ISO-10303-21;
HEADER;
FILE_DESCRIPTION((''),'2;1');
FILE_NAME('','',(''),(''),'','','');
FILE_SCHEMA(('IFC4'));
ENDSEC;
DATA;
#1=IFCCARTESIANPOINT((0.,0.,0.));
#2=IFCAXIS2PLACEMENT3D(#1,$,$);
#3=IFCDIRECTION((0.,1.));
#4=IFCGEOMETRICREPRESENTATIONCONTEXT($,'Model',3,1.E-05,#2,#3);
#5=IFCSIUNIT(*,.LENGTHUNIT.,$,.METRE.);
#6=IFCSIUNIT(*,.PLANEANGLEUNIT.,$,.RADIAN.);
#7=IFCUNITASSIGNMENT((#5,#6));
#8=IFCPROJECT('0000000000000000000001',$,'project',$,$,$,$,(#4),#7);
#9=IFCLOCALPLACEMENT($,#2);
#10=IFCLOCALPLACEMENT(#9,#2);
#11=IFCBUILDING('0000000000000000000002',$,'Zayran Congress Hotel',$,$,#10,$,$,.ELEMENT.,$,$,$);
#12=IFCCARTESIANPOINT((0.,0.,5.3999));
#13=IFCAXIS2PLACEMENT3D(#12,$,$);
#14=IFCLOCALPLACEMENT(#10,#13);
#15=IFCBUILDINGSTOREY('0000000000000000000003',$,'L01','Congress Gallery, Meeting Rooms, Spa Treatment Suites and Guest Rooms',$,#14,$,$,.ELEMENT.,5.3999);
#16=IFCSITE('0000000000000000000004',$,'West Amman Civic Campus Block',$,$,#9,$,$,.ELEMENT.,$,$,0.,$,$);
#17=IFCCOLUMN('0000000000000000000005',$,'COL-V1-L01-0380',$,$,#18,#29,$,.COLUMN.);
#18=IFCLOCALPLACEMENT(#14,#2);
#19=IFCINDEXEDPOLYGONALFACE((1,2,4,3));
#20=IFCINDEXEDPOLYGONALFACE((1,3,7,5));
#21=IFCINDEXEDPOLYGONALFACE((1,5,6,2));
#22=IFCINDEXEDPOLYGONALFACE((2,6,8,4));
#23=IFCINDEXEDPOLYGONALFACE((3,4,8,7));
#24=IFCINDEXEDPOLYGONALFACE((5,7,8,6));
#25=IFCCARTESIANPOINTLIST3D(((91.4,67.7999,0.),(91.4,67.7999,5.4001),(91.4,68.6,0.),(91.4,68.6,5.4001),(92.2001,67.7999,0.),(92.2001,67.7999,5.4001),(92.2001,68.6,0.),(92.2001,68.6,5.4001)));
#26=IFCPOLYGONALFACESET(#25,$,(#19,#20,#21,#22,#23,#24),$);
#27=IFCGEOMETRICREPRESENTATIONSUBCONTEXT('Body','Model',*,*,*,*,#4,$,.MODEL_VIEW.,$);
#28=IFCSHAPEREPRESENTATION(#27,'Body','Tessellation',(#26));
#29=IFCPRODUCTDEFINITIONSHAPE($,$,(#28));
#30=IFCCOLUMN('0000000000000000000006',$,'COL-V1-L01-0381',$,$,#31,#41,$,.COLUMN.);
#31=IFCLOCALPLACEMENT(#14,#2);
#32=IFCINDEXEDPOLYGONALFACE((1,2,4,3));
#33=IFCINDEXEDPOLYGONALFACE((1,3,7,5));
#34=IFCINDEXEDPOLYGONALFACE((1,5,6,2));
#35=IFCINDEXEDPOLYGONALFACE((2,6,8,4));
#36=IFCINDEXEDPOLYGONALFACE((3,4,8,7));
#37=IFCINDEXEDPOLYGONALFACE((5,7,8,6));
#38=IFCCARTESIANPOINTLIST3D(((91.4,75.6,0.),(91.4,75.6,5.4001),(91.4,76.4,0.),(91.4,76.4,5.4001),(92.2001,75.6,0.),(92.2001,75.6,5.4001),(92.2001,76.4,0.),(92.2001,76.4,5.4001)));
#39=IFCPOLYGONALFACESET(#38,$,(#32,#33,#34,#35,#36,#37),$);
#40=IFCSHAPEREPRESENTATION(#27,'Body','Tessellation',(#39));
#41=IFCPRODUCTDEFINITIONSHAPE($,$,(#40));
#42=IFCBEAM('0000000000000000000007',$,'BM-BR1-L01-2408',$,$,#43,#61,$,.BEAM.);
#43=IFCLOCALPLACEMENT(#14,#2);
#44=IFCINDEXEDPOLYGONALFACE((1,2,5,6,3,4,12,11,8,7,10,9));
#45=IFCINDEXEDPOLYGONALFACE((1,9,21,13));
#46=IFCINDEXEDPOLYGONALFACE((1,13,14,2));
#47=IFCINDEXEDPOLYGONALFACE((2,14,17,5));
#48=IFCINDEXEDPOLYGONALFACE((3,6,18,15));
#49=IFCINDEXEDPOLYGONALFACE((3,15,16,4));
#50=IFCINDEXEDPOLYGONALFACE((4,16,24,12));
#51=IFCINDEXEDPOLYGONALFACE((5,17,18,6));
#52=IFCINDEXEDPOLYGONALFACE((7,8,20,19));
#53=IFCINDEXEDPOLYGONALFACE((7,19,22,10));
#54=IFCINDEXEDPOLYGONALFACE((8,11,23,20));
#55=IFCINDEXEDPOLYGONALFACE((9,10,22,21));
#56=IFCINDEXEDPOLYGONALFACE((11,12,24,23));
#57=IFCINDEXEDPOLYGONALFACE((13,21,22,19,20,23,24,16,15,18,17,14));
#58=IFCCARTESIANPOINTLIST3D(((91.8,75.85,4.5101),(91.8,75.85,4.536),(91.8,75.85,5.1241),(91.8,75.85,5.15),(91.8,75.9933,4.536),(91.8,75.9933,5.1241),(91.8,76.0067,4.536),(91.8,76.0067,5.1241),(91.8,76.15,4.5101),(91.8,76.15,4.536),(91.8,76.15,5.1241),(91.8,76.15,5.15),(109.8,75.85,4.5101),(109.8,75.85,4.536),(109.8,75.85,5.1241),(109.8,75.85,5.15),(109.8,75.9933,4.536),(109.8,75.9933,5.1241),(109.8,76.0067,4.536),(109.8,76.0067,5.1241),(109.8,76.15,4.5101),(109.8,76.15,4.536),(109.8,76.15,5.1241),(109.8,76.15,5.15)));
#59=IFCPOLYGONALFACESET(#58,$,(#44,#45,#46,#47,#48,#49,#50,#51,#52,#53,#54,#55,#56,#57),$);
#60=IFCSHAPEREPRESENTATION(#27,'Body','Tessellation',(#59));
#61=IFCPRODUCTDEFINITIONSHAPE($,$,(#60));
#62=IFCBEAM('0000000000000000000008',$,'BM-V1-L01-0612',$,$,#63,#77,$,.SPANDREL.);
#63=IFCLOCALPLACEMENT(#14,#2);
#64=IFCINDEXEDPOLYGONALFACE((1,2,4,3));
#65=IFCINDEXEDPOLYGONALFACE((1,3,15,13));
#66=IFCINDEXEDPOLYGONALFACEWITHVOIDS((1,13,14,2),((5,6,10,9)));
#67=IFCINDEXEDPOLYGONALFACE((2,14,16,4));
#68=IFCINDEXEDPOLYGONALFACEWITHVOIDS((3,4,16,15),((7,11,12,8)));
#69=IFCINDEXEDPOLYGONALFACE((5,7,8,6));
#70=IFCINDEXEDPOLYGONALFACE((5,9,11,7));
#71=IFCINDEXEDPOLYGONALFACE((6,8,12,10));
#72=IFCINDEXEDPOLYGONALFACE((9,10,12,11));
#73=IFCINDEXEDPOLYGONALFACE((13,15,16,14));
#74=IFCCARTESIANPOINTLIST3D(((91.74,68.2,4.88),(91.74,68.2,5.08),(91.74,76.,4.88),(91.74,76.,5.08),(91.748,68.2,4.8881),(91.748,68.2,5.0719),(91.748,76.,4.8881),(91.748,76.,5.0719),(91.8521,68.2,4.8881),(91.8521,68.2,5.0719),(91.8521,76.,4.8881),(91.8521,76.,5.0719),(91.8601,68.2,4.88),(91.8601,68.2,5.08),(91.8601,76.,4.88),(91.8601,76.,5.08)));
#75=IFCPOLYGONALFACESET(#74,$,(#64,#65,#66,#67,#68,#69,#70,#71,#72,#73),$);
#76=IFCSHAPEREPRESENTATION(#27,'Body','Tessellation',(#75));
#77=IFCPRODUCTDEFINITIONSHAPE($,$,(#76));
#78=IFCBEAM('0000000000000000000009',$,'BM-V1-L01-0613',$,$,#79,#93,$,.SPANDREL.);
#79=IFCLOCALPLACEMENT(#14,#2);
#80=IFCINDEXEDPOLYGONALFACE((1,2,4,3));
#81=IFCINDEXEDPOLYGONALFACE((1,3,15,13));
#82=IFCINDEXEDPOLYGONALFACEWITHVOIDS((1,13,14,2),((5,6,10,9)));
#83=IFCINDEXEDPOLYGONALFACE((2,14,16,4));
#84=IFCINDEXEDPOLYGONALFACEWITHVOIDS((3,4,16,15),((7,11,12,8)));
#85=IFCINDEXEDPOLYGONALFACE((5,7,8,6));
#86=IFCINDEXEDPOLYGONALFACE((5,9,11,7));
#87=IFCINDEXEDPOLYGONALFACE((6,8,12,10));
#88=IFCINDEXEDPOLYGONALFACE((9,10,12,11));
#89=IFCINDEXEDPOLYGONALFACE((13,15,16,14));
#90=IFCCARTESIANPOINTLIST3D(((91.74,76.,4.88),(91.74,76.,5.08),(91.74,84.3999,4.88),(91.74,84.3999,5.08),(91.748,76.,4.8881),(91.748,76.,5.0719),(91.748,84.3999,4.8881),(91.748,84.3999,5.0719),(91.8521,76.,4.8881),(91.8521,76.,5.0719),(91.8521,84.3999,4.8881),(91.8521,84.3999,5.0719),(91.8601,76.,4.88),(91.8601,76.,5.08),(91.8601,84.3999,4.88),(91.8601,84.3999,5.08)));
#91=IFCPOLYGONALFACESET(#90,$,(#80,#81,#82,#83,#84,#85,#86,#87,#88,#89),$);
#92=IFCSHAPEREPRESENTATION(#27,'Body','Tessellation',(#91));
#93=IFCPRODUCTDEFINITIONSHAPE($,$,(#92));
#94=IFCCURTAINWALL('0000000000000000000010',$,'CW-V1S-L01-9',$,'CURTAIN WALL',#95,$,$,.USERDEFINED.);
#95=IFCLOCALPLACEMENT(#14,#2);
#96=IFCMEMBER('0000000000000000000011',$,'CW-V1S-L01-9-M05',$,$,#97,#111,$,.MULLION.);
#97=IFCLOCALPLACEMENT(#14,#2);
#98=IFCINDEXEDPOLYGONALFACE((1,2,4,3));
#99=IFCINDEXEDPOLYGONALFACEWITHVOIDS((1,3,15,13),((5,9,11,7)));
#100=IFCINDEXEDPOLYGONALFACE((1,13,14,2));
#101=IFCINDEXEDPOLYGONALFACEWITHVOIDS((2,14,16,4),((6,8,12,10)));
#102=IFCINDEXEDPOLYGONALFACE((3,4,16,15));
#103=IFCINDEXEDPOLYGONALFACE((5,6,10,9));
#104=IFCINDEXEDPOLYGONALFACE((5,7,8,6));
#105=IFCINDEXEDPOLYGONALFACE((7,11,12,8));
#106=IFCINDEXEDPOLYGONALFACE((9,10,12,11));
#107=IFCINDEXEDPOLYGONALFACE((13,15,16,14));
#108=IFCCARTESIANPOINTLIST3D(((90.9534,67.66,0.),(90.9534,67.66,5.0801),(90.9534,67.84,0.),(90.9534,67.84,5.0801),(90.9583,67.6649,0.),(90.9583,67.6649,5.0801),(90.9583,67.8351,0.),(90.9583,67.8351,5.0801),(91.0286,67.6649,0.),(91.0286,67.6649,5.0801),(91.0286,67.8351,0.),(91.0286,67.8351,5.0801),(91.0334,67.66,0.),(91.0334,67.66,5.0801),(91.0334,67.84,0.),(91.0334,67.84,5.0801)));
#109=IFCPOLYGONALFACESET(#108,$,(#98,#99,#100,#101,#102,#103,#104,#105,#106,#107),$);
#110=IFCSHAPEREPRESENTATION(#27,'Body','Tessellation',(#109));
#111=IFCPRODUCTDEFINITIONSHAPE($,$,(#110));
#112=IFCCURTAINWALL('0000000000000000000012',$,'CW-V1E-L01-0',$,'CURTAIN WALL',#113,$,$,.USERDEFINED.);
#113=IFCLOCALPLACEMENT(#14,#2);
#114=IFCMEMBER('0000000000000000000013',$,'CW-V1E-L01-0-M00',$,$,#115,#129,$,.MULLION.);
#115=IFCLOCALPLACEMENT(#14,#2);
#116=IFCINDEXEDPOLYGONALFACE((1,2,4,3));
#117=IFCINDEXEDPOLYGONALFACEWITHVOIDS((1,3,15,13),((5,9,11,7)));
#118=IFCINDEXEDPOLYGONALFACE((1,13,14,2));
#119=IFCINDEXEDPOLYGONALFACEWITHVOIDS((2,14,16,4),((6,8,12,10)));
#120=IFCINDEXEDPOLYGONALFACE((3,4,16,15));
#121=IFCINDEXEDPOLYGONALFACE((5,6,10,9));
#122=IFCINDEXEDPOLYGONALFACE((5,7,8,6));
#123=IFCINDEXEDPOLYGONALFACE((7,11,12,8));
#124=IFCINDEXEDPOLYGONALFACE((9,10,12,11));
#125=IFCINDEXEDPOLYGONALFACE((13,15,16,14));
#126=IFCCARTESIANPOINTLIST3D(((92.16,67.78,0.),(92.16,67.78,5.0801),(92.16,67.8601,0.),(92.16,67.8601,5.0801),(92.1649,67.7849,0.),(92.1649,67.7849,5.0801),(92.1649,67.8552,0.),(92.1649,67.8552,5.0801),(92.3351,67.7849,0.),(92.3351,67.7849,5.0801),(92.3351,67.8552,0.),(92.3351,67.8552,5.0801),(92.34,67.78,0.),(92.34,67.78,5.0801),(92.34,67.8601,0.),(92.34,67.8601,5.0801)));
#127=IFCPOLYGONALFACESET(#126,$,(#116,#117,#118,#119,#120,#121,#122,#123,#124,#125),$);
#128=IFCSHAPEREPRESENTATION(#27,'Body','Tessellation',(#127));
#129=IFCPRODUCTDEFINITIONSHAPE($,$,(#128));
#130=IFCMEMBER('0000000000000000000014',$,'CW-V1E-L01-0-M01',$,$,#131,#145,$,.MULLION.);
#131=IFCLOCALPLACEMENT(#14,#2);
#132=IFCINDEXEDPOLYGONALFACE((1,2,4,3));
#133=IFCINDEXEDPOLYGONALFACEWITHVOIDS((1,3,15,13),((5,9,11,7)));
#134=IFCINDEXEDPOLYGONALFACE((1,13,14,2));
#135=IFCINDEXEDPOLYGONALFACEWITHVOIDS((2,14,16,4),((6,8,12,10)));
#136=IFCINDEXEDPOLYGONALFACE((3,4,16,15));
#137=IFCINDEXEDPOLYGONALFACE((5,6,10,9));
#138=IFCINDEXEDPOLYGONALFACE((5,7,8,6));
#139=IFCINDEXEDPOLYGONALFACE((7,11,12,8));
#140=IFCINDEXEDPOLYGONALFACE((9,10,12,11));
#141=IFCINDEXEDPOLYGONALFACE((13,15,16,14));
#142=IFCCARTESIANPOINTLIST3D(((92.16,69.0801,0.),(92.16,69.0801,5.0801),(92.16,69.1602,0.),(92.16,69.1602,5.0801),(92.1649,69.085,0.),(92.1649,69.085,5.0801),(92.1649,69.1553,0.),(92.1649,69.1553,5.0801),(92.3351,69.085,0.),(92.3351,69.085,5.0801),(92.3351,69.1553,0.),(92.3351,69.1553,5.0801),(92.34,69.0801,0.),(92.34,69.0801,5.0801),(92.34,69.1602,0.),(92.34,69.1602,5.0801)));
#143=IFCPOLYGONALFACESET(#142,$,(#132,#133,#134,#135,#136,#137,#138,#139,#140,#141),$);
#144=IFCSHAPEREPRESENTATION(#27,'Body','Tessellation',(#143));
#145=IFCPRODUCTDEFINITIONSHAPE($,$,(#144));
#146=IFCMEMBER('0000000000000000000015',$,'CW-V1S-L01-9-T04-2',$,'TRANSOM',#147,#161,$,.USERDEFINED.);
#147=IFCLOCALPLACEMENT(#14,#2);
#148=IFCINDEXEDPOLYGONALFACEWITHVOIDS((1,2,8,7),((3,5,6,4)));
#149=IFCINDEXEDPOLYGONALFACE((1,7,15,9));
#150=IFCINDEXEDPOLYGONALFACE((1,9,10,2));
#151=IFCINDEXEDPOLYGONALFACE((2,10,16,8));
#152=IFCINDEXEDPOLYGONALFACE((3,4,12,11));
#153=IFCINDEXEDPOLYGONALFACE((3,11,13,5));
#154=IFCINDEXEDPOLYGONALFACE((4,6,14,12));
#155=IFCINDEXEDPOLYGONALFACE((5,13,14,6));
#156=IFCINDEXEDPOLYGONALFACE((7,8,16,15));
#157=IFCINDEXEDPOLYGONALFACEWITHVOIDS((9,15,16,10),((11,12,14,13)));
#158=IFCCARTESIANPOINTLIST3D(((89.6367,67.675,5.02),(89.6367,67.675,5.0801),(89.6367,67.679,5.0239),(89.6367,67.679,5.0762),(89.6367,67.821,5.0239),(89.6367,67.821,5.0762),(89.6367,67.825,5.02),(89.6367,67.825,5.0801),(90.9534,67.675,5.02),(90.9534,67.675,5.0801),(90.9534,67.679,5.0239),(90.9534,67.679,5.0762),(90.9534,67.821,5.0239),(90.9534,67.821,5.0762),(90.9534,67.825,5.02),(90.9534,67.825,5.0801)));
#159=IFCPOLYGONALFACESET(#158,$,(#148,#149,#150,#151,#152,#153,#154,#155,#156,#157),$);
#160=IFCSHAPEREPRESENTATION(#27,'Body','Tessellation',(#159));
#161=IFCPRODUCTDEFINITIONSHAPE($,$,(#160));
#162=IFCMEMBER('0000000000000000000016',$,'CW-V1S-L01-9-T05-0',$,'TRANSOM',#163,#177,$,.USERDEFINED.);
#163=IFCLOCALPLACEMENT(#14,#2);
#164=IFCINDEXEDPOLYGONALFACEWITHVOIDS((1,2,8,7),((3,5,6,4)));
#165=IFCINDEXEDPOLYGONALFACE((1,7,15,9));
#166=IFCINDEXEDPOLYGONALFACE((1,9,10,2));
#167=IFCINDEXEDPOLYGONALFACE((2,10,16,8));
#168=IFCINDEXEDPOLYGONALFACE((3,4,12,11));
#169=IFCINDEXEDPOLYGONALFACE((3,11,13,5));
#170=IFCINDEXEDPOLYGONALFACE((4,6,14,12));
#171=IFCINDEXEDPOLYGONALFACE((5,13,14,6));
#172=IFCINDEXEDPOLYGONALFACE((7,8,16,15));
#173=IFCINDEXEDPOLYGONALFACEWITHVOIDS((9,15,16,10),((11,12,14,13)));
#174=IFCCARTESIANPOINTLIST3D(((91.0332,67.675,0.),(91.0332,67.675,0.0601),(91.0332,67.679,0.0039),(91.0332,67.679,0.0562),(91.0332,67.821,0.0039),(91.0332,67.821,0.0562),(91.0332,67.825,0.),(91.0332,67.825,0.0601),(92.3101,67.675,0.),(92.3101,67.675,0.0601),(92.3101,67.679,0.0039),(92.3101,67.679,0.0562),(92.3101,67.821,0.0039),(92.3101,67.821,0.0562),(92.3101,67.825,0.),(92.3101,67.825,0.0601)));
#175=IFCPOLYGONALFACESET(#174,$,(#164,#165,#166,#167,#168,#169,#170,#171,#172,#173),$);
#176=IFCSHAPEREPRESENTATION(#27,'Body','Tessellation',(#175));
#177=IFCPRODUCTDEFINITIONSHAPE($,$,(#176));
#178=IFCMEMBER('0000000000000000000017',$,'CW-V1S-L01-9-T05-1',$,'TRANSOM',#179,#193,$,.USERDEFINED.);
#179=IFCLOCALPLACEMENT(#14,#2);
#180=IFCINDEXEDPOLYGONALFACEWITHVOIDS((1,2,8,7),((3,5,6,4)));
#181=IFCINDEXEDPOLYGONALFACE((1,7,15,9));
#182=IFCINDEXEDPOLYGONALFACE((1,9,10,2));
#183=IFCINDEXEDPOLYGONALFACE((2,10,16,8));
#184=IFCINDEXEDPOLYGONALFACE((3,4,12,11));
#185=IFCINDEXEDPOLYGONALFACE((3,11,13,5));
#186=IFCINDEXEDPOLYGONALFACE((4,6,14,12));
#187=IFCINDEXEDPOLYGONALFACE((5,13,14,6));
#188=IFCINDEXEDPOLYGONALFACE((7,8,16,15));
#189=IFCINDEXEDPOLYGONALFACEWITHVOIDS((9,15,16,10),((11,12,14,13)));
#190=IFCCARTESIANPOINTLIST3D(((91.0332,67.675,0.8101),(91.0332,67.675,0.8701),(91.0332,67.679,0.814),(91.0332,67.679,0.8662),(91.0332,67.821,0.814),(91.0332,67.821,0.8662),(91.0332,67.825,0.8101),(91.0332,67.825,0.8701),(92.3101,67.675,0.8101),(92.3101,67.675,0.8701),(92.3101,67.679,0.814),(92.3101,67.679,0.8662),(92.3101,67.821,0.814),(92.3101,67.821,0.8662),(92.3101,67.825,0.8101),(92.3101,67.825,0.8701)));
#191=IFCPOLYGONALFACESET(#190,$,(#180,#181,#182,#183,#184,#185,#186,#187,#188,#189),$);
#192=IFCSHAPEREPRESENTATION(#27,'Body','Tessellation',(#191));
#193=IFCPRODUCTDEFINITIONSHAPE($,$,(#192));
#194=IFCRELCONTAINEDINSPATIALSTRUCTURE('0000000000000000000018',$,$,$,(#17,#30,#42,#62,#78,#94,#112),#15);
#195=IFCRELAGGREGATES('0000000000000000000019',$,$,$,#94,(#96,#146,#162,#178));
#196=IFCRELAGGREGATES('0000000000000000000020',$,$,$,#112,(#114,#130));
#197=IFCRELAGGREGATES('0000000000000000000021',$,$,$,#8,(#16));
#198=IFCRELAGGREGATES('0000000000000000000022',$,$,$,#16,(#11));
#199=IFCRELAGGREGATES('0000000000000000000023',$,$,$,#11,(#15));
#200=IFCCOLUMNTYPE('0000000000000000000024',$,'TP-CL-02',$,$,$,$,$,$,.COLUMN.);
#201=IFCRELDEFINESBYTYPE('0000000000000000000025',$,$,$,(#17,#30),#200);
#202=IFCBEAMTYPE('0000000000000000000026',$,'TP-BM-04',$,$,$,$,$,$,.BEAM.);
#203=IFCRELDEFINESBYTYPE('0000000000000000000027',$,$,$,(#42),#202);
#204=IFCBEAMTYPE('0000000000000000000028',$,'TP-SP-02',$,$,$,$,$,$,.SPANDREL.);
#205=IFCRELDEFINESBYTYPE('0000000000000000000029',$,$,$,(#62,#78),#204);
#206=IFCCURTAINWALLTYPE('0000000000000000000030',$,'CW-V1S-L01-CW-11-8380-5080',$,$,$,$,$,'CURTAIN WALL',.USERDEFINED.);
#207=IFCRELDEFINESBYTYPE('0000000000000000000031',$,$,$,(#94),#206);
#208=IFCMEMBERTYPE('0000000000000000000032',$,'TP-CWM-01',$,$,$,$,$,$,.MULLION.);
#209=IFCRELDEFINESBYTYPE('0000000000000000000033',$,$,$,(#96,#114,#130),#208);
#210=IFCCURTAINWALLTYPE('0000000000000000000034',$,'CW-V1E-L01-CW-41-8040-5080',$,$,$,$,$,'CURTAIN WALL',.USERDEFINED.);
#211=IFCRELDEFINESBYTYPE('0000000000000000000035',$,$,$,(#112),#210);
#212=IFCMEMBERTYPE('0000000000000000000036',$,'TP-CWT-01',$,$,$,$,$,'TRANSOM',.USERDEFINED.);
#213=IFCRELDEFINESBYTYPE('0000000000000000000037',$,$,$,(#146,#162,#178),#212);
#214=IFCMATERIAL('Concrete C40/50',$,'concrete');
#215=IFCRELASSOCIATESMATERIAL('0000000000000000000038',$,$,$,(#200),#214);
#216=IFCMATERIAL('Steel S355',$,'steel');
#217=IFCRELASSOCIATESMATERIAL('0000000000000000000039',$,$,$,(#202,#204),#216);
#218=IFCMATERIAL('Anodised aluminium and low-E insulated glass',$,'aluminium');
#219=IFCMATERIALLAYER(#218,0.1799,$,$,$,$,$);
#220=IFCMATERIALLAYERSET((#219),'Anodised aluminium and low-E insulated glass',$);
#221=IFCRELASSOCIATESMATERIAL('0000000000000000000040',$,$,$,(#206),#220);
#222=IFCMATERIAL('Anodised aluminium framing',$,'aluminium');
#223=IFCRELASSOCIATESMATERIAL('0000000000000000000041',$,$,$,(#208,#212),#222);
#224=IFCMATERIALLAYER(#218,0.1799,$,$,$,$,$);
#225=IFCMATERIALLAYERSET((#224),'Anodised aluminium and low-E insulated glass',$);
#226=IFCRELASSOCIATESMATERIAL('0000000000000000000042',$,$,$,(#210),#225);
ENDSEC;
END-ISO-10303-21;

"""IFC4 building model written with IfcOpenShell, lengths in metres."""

from ifc_helpers import new_model, si_unit, direction, frame, origin, origin_2d, place, context, subcontext, project, spatial, rectangle, hollow_rectangle, i_section, extrude, material, layer, layer_set, material_profile, profile_set, type_object, element, aggregate, save


model = new_model("IFC4")

# Units and contexts
model_context = context("Model", 3, precision=1e-05, world=origin(), true_north=direction((0.0, 1.0)))
body_context = subcontext(model_context, "Body", "Model", "MODEL_VIEW")
ifc_project = project(units=[si_unit("LENGTHUNIT", "METRE"), si_unit("PLANEANGLEUNIT", "RADIAN")], contexts=[model_context])

# Site, building, storey
site_placement = place(None, origin())
site = spatial("IfcSite", under=ifc_project, at=site_placement, Name="West Amman Civic Campus Block", CompositionType="ELEMENT", RefElevation=0.0)
building_placement = place(site_placement, origin())
building = spatial("IfcBuilding", under=site, at=building_placement, Name="Zayran Congress Hotel", CompositionType="ELEMENT")
storey_placement = place(building_placement, frame((0.0, 0.0, 5.3999)))
storey = spatial("IfcBuildingStorey", under=building, at=storey_placement, Name="L01", Description="Congress Gallery, Meeting Rooms, Spa Treatment Suites and Guest Rooms", CompositionType="ELEMENT", Elevation=5.3999)

# Columns
ifc_material_1 = material(Name="Concrete C40/50", Category="concrete")
ifc_material_profile_1 = material_profile(ifc_material_1, rectangle(XDim=0.8, YDim=0.8, at=origin_2d()), Name="RC 800x800")
ifc_profile_set_1 = profile_set([ifc_material_profile_1], Name="Concrete C40/50")
column_type = type_object("IfcColumnType", Name="TP-CL-02", PredefinedType="COLUMN", material=ifc_profile_set_1)
for number, where, z_axis, x_axis, name in (
    (1, (91.8, 68.2, 0.0), (0.0, 0.0, 1.0), (1.0, 0.0, 0.0), "COL-V1-L01-0380"),
    (2, (91.8, 76.0, 0.0), (0.0, 0.0, 1.0), (1.0, 0.0, 0.0), "COL-V1-L01-0381"),
):
    element("IfcColumn", number, at=place(storey_placement, frame(where, z_axis=z_axis, x_axis=x_axis)), inside=storey, type_object=column_type, Name=name, PredefinedType="COLUMN", context=body_context, shape_type="SweptSolid", body=[
        extrude(rectangle(XDim=0.8, YDim=0.8, at=origin_2d()), origin(), (0.0, 0.0, 1.0), 5.4001),
    ])

# Beams
ifc_material_2 = material(Name="Steel S355", Category="steel")
ifc_material_profile_2 = material_profile(ifc_material_2, i_section(OverallWidth=0.3, OverallDepth=0.6399, WebThickness=0.0134, FlangeThickness=0.0259, at=origin_2d()), Name="HEA 650")
ifc_profile_set_2 = profile_set([ifc_material_profile_2], Name="Steel S355")
beam_type_1 = type_object("IfcBeamType", Name="TP-BM-04", PredefinedType="BEAM", material=ifc_profile_set_2)
beam_1_placement = place(storey_placement, frame((91.8, 76.0, 4.8301), z_axis=(1.0, 0.0, 0.0), x_axis=(0.0, 1.0, 0.0)))
element("IfcBeam", 3, at=beam_1_placement, inside=storey, type_object=beam_type_1, Name="BM-BR1-L01-2408", PredefinedType="BEAM", context=body_context, shape_type="SweptSolid", body=[
    extrude(i_section(OverallWidth=0.3, OverallDepth=0.6399, WebThickness=0.0134, FlangeThickness=0.0259, at=origin_2d()), origin(), (0.0, 0.0, 1.0), 18.0),
])
ifc_material_profile_3 = material_profile(ifc_material_2, hollow_rectangle(XDim=0.1201, YDim=0.2, WallThickness=0.0081, at=origin_2d()), Name="RHS 200x120x8")
ifc_profile_set_3 = profile_set([ifc_material_profile_3], Name="Steel S355")
beam_type_2 = type_object("IfcBeamType", Name="TP-SP-02", PredefinedType="SPANDREL", material=ifc_profile_set_3)
beam_2_placement = place(storey_placement, frame((91.8, 68.2, 4.98), z_axis=(0.0, 1.0, 0.0), x_axis=(-1.0, 0.0, 0.0)))
element("IfcBeam", 4, at=beam_2_placement, inside=storey, type_object=beam_type_2, Name="BM-V1-L01-0612", PredefinedType="SPANDREL", context=body_context, shape_type="SweptSolid", body=[
    extrude(hollow_rectangle(XDim=0.1201, YDim=0.2, WallThickness=0.0081, at=origin_2d()), origin(), (0.0, 0.0, 1.0), 7.8),
])
beam_3_placement = place(storey_placement, frame((91.8, 76.0, 4.98), z_axis=(0.0, 1.0, 0.0), x_axis=(-1.0, 0.0, 0.0)))
element("IfcBeam", 5, at=beam_3_placement, inside=storey, type_object=beam_type_2, Name="BM-V1-L01-0613", PredefinedType="SPANDREL", context=body_context, shape_type="SweptSolid", body=[
    extrude(hollow_rectangle(XDim=0.1201, YDim=0.2, WallThickness=0.0081, at=origin_2d()), origin(), (0.0, 0.0, 1.0), 8.3999),
])

# Curtain wall, member
ifc_material_3 = material(Name="Anodised aluminium and low-E insulated glass", Category="aluminium")
ifc_layer_1 = layer(ifc_material_3, 0.1799)
ifc_layer_set_1 = layer_set([ifc_layer_1], Name="Anodised aluminium and low-E insulated glass")
curtain_wall_type_1 = type_object("IfcCurtainWallType", Name="CW-V1S-L01-CW-11-8380-5080", ElementType="CURTAIN WALL", PredefinedType="USERDEFINED", material=ifc_layer_set_1)
curtain_wall_1_placement = place(storey_placement, origin())
curtain_wall_1 = element("IfcCurtainWall", 6, at=curtain_wall_1_placement, inside=storey, type_object=curtain_wall_type_1, Name="CW-V1S-L01-9", ObjectType="CURTAIN WALL", PredefinedType="USERDEFINED")
ifc_material_4 = material(Name="Anodised aluminium framing", Category="aluminium")
ifc_material_profile_4 = material_profile(ifc_material_4, hollow_rectangle(XDim=0.0801, YDim=0.1799, WallThickness=0.0049, at=origin_2d()), Name="RHS 180x80x5")
ifc_profile_set_4 = profile_set([ifc_material_profile_4], Name="Anodised aluminium framing")
member_type_1 = type_object("IfcMemberType", Name="TP-CWM-01", PredefinedType="MULLION", material=ifc_profile_set_4)
member_1_placement = place(storey_placement, frame((90.9934, 67.75, 0.0), z_axis=(0.0, 0.0, 1.0), x_axis=(1.0, 0.0, 0.0)))
member_1 = element("IfcMember", 7, at=member_1_placement, type_object=member_type_1, Name="CW-V1S-L01-9-M05", PredefinedType="MULLION", context=body_context, shape_type="SweptSolid", body=[
    extrude(hollow_rectangle(XDim=0.0801, YDim=0.1799, WallThickness=0.0049, at=origin_2d()), origin(), (0.0, 0.0, 1.0), 5.0801),
])

# Curtain wall, members
ifc_layer_2 = layer(ifc_material_3, 0.1799)
ifc_layer_set_2 = layer_set([ifc_layer_2], Name="Anodised aluminium and low-E insulated glass")
curtain_wall_type_2 = type_object("IfcCurtainWallType", Name="CW-V1E-L01-CW-41-8040-5080", ElementType="CURTAIN WALL", PredefinedType="USERDEFINED", material=ifc_layer_set_2)
curtain_wall_2_placement = place(storey_placement, origin())
curtain_wall_2 = element("IfcCurtainWall", 8, at=curtain_wall_2_placement, inside=storey, type_object=curtain_wall_type_2, Name="CW-V1E-L01-0", ObjectType="CURTAIN WALL", PredefinedType="USERDEFINED")
member_2_placement = place(storey_placement, frame((92.25, 67.8201, 0.0), z_axis=(0.0, 0.0, 1.0), x_axis=(0.0, 1.0, 0.0)))
member_2 = element("IfcMember", 9, at=member_2_placement, type_object=member_type_1, Name="CW-V1E-L01-0-M00", PredefinedType="MULLION", context=body_context, shape_type="SweptSolid", body=[
    extrude(hollow_rectangle(XDim=0.0801, YDim=0.1799, WallThickness=0.0049, at=origin_2d()), origin(), (0.0, 0.0, 1.0), 5.0801),
])
member_3_placement = place(storey_placement, frame((92.25, 69.1201, 0.0), z_axis=(0.0, 0.0, 1.0), x_axis=(0.0, 1.0, 0.0)))
member_3 = element("IfcMember", 10, at=member_3_placement, type_object=member_type_1, Name="CW-V1E-L01-0-M01", PredefinedType="MULLION", context=body_context, shape_type="SweptSolid", body=[
    extrude(hollow_rectangle(XDim=0.0801, YDim=0.1799, WallThickness=0.0049, at=origin_2d()), origin(), (0.0, 0.0, 1.0), 5.0801),
])

# Members
ifc_material_profile_5 = material_profile(ifc_material_4, hollow_rectangle(XDim=0.0601, YDim=0.1499, WallThickness=0.0039, at=origin_2d()), Name="RHS 150x60x4")
ifc_profile_set_5 = profile_set([ifc_material_profile_5], Name="Anodised aluminium framing")
member_type_2 = type_object("IfcMemberType", Name="TP-CWT-01", ElementType="TRANSOM", PredefinedType="USERDEFINED", material=ifc_profile_set_5)
member_4_placement = place(storey_placement, frame((89.6367, 67.75, 5.05), z_axis=(1.0, 0.0, 0.0), x_axis=(0.0, 0.0, 1.0)))
member_4 = element("IfcMember", 11, at=member_4_placement, type_object=member_type_2, Name="CW-V1S-L01-9-T04-2", ObjectType="TRANSOM", PredefinedType="USERDEFINED", context=body_context, shape_type="SweptSolid", body=[
    extrude(hollow_rectangle(XDim=0.0601, YDim=0.1499, WallThickness=0.0039, at=origin_2d()), origin(), (0.0, 0.0, 1.0), 1.3167),
])
member_5_placement = place(storey_placement, frame((91.0332, 67.75, 0.03), z_axis=(1.0, 0.0, 0.0), x_axis=(0.0, 0.0, 1.0)))
member_5 = element("IfcMember", 12, at=member_5_placement, type_object=member_type_2, Name="CW-V1S-L01-9-T05-0", ObjectType="TRANSOM", PredefinedType="USERDEFINED", context=body_context, shape_type="SweptSolid", body=[
    extrude(hollow_rectangle(XDim=0.0601, YDim=0.1499, WallThickness=0.0039, at=origin_2d()), origin(), (0.0, 0.0, 1.0), 1.2769),
])
member_6_placement = place(storey_placement, frame((91.0332, 67.75, 0.8401), z_axis=(1.0, 0.0, 0.0), x_axis=(0.0, 0.0, 1.0)))
member_6 = element("IfcMember", 13, at=member_6_placement, type_object=member_type_2, Name="CW-V1S-L01-9-T05-1", ObjectType="TRANSOM", PredefinedType="USERDEFINED", context=body_context, shape_type="SweptSolid", body=[
    extrude(hollow_rectangle(XDim=0.0601, YDim=0.1499, WallThickness=0.0039, at=origin_2d()), origin(), (0.0, 0.0, 1.0), 1.2769),
])

aggregate(curtain_wall_1, [member_1, member_4, member_5, member_6])
aggregate(curtain_wall_2, [member_2, member_3])

save(model, "model.ifc")
